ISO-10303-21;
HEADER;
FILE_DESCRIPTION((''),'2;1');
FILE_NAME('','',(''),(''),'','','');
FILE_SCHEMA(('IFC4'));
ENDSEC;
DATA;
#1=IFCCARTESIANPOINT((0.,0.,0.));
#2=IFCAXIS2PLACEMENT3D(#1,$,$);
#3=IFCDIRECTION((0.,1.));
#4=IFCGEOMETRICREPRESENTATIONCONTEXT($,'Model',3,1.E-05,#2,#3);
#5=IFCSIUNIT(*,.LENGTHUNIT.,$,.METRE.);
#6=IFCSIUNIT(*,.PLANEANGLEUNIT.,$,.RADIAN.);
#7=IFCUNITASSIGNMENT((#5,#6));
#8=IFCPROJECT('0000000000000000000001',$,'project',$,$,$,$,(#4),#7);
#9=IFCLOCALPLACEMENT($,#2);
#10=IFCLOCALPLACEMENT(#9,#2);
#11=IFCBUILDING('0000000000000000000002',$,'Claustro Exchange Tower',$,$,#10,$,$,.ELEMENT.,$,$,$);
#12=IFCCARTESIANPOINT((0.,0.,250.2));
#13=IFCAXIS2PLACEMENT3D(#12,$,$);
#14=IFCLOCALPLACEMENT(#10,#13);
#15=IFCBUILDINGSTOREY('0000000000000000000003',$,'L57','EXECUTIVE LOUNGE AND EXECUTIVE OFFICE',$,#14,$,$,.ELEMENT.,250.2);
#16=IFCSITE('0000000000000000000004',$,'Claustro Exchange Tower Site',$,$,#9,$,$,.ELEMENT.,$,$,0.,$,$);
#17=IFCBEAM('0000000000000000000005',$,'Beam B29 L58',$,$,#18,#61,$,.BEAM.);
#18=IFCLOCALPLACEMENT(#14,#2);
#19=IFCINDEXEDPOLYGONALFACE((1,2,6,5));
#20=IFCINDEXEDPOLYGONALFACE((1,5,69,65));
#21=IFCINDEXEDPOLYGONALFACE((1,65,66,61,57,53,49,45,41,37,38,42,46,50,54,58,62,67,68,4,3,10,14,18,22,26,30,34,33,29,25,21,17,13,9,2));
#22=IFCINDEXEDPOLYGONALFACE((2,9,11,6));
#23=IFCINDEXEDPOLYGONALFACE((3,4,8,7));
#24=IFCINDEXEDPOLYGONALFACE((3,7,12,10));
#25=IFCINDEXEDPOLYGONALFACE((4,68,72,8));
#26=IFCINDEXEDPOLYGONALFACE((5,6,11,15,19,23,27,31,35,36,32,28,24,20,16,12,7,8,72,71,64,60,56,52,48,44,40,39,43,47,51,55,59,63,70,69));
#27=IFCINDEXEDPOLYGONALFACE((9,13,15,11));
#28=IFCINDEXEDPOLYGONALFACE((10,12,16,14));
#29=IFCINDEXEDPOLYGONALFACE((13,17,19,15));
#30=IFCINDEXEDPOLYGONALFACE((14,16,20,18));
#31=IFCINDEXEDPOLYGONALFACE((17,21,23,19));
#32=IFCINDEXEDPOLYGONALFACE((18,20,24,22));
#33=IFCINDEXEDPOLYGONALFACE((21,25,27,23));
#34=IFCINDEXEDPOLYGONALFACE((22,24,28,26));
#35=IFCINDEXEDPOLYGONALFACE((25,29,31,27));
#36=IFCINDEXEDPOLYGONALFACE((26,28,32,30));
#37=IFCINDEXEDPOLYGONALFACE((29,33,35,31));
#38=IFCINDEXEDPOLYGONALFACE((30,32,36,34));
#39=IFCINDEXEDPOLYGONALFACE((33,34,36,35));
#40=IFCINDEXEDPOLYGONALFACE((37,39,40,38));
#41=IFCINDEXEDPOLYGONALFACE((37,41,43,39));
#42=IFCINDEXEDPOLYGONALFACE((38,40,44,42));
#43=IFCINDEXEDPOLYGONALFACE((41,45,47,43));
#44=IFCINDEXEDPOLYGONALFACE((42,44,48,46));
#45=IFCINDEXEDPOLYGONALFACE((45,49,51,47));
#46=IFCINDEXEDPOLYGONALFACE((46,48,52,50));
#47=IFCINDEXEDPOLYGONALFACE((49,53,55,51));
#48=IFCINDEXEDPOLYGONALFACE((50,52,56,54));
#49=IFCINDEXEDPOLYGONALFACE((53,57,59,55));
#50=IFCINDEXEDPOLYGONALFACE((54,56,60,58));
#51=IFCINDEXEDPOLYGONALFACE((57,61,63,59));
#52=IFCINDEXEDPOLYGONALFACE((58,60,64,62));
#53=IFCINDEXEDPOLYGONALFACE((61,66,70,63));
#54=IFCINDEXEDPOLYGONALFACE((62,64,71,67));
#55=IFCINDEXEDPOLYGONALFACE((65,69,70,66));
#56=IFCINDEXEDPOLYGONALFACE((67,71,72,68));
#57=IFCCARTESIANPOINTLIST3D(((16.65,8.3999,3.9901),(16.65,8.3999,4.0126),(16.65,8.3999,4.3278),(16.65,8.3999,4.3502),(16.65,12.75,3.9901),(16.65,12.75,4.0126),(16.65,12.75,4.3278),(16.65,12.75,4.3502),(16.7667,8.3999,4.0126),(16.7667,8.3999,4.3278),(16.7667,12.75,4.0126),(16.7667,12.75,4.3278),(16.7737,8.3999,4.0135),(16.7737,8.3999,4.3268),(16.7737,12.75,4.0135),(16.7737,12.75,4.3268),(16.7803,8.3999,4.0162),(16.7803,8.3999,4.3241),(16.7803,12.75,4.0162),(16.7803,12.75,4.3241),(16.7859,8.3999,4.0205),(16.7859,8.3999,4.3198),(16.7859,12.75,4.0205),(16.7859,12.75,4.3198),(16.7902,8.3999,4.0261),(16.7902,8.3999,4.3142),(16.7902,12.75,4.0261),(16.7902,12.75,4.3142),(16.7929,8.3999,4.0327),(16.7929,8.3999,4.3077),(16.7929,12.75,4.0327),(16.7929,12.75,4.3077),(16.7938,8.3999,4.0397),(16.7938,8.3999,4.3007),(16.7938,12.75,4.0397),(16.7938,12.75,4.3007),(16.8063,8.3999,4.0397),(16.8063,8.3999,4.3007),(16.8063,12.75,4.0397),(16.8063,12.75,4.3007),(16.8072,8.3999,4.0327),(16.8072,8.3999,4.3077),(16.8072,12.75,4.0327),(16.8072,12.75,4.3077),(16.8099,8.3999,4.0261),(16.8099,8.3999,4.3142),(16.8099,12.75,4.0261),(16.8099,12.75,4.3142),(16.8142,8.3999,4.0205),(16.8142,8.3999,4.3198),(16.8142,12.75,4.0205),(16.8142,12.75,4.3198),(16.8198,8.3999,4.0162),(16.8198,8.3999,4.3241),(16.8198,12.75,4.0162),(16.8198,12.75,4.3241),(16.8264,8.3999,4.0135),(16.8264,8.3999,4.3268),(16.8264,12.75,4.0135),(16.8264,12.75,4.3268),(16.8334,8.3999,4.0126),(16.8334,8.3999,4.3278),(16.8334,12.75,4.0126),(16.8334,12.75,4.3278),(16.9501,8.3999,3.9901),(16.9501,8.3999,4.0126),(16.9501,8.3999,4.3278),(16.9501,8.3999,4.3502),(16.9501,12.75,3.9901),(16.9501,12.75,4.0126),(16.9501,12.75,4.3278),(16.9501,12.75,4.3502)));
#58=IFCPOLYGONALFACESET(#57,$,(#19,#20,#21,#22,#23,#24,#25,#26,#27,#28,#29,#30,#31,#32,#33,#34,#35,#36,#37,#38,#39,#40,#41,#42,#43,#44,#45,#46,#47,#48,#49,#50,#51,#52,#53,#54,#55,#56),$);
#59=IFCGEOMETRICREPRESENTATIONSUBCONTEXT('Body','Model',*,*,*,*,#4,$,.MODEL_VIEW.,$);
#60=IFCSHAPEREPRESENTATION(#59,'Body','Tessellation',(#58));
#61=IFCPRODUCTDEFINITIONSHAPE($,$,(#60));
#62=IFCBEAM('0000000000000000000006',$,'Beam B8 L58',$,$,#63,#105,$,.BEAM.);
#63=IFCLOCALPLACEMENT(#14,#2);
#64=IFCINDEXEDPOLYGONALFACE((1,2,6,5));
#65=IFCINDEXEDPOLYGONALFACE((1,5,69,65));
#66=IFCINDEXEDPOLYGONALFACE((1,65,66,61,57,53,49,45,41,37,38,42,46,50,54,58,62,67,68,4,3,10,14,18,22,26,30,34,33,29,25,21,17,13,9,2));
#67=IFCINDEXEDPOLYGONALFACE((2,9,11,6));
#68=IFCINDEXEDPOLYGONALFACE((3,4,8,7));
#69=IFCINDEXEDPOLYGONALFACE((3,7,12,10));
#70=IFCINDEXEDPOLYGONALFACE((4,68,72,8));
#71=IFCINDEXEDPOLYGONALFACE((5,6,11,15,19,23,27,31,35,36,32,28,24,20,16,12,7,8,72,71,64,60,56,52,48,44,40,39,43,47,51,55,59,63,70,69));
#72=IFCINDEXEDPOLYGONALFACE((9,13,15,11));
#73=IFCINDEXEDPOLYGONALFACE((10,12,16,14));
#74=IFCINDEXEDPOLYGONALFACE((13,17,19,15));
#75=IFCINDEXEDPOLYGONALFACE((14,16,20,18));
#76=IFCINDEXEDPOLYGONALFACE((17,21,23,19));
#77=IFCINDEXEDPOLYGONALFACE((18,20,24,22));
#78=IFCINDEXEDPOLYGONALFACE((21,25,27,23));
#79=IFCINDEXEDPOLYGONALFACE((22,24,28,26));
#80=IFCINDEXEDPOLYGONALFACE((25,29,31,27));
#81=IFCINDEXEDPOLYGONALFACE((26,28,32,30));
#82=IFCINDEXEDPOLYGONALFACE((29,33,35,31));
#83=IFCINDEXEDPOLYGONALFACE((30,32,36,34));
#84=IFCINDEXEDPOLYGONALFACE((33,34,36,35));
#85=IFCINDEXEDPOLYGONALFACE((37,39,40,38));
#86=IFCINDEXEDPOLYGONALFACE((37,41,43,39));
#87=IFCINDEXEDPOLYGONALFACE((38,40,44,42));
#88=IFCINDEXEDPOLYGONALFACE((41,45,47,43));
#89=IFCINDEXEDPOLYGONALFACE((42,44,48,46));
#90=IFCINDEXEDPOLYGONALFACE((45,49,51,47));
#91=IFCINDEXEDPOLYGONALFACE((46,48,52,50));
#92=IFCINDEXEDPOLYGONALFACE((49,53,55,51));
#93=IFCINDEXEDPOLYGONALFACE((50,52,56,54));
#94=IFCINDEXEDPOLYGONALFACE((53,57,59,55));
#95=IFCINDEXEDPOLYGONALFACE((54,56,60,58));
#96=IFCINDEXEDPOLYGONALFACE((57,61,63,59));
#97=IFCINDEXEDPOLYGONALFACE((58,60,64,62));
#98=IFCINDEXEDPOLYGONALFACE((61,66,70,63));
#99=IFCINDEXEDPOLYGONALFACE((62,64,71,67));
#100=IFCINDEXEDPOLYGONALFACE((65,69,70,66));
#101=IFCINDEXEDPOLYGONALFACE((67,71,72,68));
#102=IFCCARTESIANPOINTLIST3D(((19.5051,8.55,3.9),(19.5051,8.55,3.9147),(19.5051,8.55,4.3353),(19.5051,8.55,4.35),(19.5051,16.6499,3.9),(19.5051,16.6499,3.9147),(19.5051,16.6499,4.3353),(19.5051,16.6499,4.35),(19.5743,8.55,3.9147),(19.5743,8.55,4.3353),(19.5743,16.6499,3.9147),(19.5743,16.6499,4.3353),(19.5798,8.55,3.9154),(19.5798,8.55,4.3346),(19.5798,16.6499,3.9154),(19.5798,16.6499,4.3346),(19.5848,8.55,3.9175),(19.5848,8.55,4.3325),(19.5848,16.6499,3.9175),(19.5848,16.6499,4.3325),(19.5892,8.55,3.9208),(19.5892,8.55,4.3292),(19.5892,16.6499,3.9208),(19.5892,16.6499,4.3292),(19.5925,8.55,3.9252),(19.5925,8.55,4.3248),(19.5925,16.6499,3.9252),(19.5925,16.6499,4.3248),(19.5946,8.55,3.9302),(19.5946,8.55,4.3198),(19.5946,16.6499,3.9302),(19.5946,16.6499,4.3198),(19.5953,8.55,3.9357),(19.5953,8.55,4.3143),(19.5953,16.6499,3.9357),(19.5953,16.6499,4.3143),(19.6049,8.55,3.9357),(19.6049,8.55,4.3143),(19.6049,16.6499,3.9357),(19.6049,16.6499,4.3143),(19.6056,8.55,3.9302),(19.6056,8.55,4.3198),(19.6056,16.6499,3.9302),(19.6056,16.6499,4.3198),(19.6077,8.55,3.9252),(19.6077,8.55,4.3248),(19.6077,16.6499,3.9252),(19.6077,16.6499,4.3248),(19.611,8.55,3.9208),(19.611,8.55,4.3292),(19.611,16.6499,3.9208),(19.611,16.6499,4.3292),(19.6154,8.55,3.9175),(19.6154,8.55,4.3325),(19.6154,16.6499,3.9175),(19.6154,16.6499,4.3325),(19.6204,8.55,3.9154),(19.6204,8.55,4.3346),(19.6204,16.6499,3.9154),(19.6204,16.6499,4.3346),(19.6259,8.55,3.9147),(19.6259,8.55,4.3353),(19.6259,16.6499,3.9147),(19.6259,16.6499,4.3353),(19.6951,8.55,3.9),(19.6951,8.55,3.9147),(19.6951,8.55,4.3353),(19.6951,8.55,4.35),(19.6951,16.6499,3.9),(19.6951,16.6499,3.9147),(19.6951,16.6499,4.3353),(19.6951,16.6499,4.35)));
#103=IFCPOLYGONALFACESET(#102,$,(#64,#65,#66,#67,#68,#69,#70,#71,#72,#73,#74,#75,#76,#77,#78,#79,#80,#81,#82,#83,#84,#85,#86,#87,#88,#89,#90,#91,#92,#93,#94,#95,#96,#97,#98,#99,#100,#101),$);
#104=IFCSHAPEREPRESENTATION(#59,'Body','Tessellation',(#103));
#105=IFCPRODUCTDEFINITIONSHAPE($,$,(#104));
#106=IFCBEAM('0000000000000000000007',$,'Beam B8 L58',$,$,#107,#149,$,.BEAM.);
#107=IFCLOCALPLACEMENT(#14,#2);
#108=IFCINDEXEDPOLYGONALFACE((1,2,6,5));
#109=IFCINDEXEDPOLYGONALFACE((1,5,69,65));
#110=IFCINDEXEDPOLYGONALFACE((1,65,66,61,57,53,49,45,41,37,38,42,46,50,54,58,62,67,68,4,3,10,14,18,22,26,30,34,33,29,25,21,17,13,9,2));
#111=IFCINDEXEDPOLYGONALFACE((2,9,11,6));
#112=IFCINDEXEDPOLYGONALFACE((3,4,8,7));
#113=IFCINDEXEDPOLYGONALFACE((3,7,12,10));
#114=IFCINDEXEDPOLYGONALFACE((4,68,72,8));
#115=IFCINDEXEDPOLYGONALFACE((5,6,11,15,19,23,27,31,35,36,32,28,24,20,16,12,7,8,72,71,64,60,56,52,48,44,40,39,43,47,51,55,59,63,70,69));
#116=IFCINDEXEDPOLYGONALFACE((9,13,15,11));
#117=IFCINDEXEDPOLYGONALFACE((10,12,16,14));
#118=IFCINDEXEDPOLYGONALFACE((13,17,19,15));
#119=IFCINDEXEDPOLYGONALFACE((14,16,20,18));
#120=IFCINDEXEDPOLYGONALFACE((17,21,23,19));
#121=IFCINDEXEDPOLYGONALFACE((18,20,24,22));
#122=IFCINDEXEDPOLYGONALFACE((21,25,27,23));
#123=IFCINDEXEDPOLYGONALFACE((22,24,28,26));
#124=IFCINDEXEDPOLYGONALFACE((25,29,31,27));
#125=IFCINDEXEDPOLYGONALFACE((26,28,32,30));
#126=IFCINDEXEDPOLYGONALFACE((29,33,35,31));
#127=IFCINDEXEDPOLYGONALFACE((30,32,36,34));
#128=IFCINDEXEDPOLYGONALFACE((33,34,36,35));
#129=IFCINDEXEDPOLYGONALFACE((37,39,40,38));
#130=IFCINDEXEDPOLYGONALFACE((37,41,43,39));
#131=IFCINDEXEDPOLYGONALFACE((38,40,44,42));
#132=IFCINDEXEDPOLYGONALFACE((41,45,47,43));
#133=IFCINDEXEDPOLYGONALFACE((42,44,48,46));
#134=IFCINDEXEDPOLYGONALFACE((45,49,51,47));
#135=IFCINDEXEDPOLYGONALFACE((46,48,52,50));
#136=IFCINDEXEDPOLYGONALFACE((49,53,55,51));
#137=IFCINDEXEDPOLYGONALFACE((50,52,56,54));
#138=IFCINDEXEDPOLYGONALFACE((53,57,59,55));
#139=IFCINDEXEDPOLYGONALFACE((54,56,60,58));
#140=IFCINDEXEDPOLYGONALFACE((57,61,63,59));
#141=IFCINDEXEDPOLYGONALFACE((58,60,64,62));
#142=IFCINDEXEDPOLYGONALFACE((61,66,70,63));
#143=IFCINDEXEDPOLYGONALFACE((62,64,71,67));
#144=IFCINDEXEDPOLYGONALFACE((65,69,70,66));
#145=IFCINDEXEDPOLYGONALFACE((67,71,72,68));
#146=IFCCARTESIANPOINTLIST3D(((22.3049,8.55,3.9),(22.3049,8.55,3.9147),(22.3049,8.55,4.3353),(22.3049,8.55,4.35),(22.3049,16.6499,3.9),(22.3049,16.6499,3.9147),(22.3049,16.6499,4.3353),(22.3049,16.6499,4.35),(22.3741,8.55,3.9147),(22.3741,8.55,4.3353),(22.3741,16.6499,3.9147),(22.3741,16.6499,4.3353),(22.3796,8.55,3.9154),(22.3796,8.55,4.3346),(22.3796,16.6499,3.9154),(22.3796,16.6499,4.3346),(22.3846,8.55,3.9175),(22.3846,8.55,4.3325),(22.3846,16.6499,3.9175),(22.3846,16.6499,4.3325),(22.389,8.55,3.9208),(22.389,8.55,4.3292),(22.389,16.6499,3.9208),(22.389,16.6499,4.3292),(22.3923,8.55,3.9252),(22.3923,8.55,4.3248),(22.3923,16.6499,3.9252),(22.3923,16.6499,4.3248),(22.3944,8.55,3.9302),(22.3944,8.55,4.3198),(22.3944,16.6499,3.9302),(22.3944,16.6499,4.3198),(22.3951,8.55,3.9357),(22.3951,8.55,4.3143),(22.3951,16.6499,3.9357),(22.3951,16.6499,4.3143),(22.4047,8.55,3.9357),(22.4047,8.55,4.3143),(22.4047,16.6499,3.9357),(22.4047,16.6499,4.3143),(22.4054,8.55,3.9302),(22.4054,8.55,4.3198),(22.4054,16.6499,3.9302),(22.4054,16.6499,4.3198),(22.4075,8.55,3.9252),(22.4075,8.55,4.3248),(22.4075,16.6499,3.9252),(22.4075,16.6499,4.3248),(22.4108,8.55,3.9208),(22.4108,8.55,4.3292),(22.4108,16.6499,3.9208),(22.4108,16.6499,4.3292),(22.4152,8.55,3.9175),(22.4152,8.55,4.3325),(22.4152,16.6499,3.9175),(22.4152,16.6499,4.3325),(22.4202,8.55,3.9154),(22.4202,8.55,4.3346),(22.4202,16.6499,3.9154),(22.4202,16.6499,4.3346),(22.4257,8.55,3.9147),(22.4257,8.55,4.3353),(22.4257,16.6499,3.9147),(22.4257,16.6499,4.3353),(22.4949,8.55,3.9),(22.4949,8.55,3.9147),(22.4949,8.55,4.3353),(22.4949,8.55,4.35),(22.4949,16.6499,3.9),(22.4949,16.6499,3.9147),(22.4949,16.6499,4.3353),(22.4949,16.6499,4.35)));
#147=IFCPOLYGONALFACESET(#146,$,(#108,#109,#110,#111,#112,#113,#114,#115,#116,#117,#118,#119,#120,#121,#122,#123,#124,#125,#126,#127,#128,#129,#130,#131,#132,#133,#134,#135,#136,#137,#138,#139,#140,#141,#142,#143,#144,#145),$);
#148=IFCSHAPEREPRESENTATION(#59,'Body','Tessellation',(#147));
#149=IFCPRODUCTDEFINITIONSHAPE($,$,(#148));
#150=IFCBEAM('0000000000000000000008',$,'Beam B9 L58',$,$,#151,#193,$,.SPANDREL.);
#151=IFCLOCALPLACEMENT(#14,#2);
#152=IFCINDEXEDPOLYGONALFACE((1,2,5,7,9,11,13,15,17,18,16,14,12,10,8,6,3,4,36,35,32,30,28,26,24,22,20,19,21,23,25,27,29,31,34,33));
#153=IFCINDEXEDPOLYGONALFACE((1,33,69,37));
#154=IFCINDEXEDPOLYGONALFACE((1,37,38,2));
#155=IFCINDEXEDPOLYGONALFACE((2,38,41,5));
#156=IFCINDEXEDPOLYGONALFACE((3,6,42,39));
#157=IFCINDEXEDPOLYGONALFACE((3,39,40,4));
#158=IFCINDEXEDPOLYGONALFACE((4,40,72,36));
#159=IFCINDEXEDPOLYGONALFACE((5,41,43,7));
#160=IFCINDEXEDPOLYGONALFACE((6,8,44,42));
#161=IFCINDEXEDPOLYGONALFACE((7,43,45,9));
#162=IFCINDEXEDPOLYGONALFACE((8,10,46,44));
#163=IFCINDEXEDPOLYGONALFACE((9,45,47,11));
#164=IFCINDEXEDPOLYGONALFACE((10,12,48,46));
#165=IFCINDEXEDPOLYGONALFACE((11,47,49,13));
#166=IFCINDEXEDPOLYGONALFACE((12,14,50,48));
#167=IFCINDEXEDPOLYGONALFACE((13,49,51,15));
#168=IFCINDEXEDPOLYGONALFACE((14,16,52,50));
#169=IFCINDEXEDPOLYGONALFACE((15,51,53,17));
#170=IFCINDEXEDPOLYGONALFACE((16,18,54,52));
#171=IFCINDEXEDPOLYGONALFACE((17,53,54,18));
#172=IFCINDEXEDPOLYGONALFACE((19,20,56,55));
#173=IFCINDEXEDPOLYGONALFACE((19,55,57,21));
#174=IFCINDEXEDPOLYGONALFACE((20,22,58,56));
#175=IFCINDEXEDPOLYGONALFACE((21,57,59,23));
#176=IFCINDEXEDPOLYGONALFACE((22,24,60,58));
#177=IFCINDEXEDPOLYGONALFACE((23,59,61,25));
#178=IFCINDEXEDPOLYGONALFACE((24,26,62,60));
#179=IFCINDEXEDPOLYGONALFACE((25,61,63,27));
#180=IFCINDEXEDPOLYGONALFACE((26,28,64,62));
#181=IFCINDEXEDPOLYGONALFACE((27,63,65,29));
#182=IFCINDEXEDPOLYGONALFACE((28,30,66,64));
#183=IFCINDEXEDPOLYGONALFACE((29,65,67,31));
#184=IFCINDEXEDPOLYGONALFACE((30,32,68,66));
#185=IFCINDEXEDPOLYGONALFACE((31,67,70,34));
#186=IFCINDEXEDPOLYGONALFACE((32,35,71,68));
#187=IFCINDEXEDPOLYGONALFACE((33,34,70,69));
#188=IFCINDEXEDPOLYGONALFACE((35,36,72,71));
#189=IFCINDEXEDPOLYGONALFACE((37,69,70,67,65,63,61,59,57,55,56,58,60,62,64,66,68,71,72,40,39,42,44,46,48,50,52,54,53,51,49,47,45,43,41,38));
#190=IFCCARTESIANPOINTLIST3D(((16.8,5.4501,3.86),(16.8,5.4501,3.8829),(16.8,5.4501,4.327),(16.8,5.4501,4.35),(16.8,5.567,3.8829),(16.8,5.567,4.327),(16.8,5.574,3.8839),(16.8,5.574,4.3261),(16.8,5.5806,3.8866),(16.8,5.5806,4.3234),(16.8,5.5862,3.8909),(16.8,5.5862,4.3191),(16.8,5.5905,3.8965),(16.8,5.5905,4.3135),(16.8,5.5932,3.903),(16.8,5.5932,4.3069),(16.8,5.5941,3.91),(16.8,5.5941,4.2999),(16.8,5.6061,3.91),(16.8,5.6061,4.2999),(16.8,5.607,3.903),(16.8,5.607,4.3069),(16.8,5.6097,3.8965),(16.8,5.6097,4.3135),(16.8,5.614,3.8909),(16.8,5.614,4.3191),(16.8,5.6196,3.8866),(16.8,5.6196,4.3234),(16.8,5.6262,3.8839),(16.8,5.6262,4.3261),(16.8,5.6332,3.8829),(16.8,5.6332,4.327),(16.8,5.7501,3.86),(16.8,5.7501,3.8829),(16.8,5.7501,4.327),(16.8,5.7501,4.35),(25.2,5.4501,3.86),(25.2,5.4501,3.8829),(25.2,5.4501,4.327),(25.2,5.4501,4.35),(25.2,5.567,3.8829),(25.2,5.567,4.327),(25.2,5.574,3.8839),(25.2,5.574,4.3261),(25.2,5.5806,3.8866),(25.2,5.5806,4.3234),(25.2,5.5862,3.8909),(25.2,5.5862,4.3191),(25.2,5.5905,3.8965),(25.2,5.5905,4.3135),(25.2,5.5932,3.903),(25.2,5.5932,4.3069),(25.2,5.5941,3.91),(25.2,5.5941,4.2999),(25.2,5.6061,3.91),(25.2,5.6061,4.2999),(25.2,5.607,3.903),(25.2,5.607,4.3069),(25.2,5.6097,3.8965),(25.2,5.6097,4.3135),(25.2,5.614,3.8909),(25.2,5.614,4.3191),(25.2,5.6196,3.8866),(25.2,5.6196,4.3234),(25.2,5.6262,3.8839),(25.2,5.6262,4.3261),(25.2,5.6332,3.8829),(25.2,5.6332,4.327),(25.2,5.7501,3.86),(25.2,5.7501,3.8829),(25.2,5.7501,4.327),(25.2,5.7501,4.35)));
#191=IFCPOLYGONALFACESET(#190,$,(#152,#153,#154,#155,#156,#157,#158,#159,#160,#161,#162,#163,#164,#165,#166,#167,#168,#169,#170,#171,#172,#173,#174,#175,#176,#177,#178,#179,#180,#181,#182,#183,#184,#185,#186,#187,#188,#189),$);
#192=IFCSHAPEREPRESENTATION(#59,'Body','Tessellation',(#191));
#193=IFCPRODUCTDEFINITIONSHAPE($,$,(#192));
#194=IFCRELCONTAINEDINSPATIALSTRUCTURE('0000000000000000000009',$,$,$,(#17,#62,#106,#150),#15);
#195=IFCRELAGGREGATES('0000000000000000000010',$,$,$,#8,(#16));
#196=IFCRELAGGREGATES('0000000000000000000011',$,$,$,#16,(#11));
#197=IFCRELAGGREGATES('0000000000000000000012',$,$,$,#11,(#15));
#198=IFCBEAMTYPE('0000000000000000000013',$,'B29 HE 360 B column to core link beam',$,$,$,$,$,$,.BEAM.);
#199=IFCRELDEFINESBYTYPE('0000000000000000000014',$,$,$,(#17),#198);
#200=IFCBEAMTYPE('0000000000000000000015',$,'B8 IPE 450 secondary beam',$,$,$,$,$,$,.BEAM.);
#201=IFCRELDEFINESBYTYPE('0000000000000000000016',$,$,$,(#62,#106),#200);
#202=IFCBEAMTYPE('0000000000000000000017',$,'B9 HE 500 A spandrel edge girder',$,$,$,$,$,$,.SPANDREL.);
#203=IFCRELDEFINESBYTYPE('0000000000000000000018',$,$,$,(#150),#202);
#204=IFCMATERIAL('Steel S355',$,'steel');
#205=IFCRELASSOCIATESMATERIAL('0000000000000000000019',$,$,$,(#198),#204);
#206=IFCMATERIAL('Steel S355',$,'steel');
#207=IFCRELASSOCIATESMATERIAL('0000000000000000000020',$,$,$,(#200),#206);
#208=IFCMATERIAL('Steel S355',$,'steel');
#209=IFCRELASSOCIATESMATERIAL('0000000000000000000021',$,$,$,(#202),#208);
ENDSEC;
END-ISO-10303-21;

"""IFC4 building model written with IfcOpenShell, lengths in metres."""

from ifc_helpers import new_model, si_unit, direction, frame, origin, origin_2d, place, context, subcontext, project, spatial, i_section, extrude, material, material_profile, profile_set, type_object, element, save


model = new_model("IFC4")

# Units and contexts
model_context = context("Model", 3, precision=1e-05, world=origin(), true_north=direction((0.0, 1.0)))
body_context = subcontext(model_context, "Body", "Model", "MODEL_VIEW")
ifc_project = project(units=[si_unit("LENGTHUNIT", "METRE"), si_unit("PLANEANGLEUNIT", "RADIAN")], contexts=[model_context])

# Site, building, storey
site_placement = place(None, origin())
site = spatial("IfcSite", under=ifc_project, at=site_placement, Name="Claustro Exchange Tower Site", CompositionType="ELEMENT", RefElevation=0.0)
building_placement = place(site_placement, origin())
building = spatial("IfcBuilding", under=site, at=building_placement, Name="Claustro Exchange Tower", CompositionType="ELEMENT")
storey_placement = place(building_placement, frame((0.0, 0.0, 250.2)))
storey = spatial("IfcBuildingStorey", under=building, at=storey_placement, Name="L57", Description="EXECUTIVE LOUNGE AND EXECUTIVE OFFICE", CompositionType="ELEMENT", Elevation=250.2)

# Beams
ifc_material_1 = material(Name="Steel S355", Category="steel")
ifc_material_profile_1 = material_profile(ifc_material_1, i_section(OverallWidth=0.3, OverallDepth=0.3601, WebThickness=0.0125, FlangeThickness=0.0225, FilletRadius=0.0271, at=origin_2d()), Name="HE 360 B")
ifc_profile_set_1 = profile_set([ifc_material_profile_1], Name="Steel S355")
beam_type_1 = type_object("IfcBeamType", Name="B29 HE 360 B column to core link beam", PredefinedType="BEAM", material=ifc_profile_set_1)
beam_1_placement = place(storey_placement, frame((16.8, 8.3999, 4.1702), z_axis=(0.0, 1.0, 0.0), x_axis=(-1.0, 0.0, 0.0)))
element("IfcBeam", 1, at=beam_1_placement, inside=storey, type_object=beam_type_1, Name="Beam B29 L58", PredefinedType="BEAM", context=body_context, shape_type="SweptSolid", body=[
    extrude(i_section(OverallWidth=0.3, OverallDepth=0.3601, WebThickness=0.0125, FlangeThickness=0.0225, FilletRadius=0.0271, at=origin_2d()), origin(), (0.0, 0.0, 1.0), 4.3501),
])
ifc_material_2 = material(Name="Steel S355", Category="steel")
ifc_material_profile_2 = material_profile(ifc_material_2, i_section(OverallWidth=0.1899, OverallDepth=0.45, WebThickness=0.0095, FlangeThickness=0.0146, FilletRadius=0.021, at=origin_2d()), Name="IPE 450")
ifc_profile_set_2 = profile_set([ifc_material_profile_2], Name="Steel S355")
beam_type_2 = type_object("IfcBeamType", Name="B8 IPE 450 secondary beam", PredefinedType="BEAM", material=ifc_profile_set_2)
for number, where, z_axis, x_axis, name in (
    (2, (19.6001, 8.55, 4.125), (0.0, 1.0, 0.0), (-1.0, 0.0, 0.0), "Beam B8 L58"),
    (3, (22.3999, 8.55, 4.125), (0.0, 1.0, 0.0), (-1.0, 0.0, 0.0), "Beam B8 L58"),
):
    element("IfcBeam", number, at=place(storey_placement, frame(where, z_axis=z_axis, x_axis=x_axis)), inside=storey, type_object=beam_type_2, Name=name, PredefinedType="BEAM", context=body_context, shape_type="SweptSolid", body=[
        extrude(i_section(OverallWidth=0.1899, OverallDepth=0.45, WebThickness=0.0095, FlangeThickness=0.0146, FilletRadius=0.021, at=origin_2d()), origin(), (0.0, 0.0, 1.0), 8.0999),
    ])
ifc_material_3 = material(Name="Steel S355", Category="steel")
ifc_material_profile_3 = material_profile(ifc_material_3, i_section(OverallWidth=0.3, OverallDepth=0.49, WebThickness=0.012, FlangeThickness=0.0229, FilletRadius=0.0271, at=origin_2d()), Name="HE 500 A")
ifc_profile_set_3 = profile_set([ifc_material_profile_3], Name="Steel S355")
beam_type_3 = type_object("IfcBeamType", Name="B9 HE 500 A spandrel edge girder", PredefinedType="SPANDREL", material=ifc_profile_set_3)
beam_2_placement = place(storey_placement, frame((16.8, 5.6001, 4.105), z_axis=(1.0, 0.0, 0.0), x_axis=(0.0, 1.0, 0.0)))
element("IfcBeam", 4, at=beam_2_placement, inside=storey, type_object=beam_type_3, Name="Beam B9 L58", PredefinedType="SPANDREL", context=body_context, shape_type="SweptSolid", body=[
    extrude(i_section(OverallWidth=0.3, OverallDepth=0.49, WebThickness=0.012, FlangeThickness=0.0229, FilletRadius=0.0271, at=origin_2d()), origin(), (0.0, 0.0, 1.0), 8.3999),
])

save(model, "model.ifc")
